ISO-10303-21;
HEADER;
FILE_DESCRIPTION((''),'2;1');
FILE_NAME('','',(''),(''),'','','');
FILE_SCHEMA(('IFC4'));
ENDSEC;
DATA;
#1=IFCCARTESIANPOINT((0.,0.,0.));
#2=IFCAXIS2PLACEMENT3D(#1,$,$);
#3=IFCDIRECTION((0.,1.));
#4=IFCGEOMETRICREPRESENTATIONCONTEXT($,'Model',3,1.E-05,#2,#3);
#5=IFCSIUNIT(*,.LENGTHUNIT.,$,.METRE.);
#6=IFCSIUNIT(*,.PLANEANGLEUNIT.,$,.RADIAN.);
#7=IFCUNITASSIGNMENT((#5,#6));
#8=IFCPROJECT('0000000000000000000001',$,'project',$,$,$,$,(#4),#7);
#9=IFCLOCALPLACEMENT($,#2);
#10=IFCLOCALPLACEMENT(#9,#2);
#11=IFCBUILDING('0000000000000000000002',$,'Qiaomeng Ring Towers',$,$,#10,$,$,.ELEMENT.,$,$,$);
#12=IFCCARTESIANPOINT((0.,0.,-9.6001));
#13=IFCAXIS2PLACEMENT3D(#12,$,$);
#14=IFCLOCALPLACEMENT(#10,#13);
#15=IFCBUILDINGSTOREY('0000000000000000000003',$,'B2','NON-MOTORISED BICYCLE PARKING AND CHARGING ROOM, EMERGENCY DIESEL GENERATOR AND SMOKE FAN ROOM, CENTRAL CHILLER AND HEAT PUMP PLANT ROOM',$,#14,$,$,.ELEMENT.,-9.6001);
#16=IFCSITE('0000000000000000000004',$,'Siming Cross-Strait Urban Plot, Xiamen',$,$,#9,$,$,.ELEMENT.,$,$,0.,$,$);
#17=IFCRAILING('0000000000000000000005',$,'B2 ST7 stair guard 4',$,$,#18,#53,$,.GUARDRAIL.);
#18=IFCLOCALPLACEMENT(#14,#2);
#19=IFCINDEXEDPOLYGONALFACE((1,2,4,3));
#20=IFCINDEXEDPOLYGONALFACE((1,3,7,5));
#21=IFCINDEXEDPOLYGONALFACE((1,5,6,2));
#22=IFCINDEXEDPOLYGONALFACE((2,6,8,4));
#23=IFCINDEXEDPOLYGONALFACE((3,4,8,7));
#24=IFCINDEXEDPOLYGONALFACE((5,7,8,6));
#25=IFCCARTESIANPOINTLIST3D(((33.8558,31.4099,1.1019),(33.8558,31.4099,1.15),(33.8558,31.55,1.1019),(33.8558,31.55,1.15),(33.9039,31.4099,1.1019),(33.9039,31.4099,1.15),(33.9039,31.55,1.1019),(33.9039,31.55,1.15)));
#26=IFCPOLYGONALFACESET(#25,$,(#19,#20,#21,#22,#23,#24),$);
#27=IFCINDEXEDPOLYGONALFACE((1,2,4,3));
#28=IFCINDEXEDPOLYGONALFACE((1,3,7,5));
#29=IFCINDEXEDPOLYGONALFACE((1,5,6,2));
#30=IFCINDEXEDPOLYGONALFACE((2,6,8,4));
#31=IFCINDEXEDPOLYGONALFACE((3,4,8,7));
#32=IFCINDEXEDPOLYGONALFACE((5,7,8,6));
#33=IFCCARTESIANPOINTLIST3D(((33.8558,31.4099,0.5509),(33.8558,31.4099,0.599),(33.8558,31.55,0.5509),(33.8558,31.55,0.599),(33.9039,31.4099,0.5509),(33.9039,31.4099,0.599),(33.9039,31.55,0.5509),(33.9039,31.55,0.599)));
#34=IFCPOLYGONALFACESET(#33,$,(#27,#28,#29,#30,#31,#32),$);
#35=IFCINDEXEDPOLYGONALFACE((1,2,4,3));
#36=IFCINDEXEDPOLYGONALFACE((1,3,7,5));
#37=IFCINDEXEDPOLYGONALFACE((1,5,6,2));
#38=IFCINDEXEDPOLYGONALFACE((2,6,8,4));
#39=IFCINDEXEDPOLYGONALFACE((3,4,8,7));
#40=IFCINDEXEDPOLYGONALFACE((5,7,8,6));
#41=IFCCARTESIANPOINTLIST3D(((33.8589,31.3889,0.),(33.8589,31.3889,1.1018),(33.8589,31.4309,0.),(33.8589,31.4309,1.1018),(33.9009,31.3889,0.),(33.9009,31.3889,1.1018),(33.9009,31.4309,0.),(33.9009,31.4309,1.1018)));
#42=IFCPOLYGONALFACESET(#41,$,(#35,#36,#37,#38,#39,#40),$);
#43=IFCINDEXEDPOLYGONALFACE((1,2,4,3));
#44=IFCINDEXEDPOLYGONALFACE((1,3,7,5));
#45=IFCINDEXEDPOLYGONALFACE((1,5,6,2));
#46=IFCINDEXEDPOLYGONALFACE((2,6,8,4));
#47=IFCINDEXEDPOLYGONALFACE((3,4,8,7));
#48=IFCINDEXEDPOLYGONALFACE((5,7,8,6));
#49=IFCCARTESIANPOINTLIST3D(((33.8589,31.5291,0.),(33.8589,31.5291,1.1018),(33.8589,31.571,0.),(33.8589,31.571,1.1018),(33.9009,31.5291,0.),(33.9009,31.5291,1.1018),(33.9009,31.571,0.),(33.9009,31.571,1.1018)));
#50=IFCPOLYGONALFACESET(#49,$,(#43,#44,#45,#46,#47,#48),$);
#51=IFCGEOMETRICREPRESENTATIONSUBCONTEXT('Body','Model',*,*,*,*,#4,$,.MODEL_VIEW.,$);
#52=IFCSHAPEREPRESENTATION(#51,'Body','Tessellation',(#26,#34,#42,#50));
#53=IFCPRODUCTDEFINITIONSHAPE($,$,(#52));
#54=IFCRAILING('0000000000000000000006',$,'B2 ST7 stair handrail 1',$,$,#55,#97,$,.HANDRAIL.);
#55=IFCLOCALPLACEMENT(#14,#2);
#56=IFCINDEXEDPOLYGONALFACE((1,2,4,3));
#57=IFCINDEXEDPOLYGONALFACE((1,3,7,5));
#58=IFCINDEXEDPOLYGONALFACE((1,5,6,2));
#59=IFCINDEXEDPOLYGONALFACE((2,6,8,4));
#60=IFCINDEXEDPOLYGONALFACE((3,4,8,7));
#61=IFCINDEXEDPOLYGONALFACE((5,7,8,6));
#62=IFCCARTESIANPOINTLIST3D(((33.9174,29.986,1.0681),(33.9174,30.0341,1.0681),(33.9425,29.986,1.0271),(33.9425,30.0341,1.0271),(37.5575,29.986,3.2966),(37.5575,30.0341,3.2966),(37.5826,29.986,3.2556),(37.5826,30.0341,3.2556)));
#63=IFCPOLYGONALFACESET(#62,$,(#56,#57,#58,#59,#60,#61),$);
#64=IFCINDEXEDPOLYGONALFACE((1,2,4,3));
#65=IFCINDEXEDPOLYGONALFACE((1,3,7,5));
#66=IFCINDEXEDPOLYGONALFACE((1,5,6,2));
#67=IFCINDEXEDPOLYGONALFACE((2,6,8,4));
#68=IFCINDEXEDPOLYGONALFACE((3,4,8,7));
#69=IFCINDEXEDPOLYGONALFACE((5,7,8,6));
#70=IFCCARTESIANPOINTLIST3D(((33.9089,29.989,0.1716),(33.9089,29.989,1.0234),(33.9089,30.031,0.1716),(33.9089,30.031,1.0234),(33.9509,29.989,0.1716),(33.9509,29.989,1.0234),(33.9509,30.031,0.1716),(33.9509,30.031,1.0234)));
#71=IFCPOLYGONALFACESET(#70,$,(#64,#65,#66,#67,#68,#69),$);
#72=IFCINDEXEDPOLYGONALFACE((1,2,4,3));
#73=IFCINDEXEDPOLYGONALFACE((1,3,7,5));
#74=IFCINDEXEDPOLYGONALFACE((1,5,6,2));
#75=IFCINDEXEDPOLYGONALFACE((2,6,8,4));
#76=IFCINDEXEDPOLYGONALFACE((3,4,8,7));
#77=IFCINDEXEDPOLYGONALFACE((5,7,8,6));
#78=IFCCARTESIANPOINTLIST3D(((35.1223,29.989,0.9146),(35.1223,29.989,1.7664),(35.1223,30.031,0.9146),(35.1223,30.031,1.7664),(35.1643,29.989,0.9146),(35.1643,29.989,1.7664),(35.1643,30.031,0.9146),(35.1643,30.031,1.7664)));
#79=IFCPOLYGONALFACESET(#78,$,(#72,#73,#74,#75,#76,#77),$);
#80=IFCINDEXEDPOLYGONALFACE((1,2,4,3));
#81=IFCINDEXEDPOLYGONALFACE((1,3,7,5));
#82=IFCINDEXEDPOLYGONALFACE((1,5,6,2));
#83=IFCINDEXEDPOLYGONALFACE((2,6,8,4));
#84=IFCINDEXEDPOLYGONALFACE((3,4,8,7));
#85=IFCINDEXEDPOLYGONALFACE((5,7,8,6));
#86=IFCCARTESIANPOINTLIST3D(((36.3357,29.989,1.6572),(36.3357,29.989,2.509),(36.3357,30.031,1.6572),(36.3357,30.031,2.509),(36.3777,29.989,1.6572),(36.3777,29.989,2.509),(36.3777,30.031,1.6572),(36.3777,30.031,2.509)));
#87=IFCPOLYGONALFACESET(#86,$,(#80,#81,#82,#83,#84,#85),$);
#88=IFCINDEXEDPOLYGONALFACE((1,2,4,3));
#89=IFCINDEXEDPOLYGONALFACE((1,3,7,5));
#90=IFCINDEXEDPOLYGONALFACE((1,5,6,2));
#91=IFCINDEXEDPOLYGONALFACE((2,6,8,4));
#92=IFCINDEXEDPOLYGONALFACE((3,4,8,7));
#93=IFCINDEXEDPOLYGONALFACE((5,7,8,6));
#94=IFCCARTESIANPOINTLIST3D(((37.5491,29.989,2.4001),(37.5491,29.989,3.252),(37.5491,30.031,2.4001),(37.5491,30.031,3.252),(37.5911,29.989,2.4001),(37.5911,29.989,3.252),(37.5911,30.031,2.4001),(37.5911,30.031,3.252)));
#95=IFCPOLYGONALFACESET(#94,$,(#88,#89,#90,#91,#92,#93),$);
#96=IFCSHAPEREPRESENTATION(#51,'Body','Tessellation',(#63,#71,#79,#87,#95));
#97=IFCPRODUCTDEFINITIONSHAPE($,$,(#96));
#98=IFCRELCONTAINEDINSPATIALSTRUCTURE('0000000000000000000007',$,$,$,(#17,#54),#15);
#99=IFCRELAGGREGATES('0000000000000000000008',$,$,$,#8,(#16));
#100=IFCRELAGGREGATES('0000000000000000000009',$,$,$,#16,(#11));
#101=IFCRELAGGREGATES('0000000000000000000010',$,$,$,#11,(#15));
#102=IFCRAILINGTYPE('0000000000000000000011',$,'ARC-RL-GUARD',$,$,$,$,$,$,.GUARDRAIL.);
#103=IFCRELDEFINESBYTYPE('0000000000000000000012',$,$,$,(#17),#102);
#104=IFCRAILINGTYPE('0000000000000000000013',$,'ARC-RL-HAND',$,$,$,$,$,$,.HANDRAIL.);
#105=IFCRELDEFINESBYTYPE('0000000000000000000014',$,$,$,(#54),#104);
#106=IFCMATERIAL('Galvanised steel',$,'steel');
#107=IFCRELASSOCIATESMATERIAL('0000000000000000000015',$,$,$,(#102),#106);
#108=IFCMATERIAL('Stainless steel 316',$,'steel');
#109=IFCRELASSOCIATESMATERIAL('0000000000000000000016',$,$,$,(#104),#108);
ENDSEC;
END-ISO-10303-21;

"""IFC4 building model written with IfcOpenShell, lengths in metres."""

from ifc_helpers import new_model, si_unit, direction, frame, origin, origin_2d, place, context, subcontext, project, spatial, rectangle, extrude, material, type_object, element, save


model = new_model("IFC4")

# Units and contexts
model_context = context("Model", 3, precision=1e-05, world=origin(), true_north=direction((0.0, 1.0)))
body_context = subcontext(model_context, "Body", "Model", "MODEL_VIEW")
ifc_project = project(units=[si_unit("LENGTHUNIT", "METRE"), si_unit("PLANEANGLEUNIT", "RADIAN")], contexts=[model_context])

# Site, building, storey
site_placement = place(None, origin())
site = spatial("IfcSite", under=ifc_project, at=site_placement, Name="Siming Cross-Strait Urban Plot, Xiamen", CompositionType="ELEMENT", RefElevation=0.0)
building_placement = place(site_placement, origin())
building = spatial("IfcBuilding", under=site, at=building_placement, Name="Qiaomeng Ring Towers", CompositionType="ELEMENT")
storey_placement = place(building_placement, frame((0.0, 0.0, -9.6001)))
storey = spatial("IfcBuildingStorey", under=building, at=storey_placement, Name="B2", Description="NON-MOTORISED BICYCLE PARKING AND CHARGING ROOM, EMERGENCY DIESEL GENERATOR AND SMOKE FAN ROOM, CENTRAL CHILLER AND HEAT PUMP PLANT ROOM", CompositionType="ELEMENT", Elevation=-9.6001)

# Shared definitions
ifc_material_1 = material(Name="Galvanised steel", Category="steel")

# Railings
railing_type_1 = type_object("IfcRailingType", Name="ARC-RL-GUARD", PredefinedType="GUARDRAIL", material=ifc_material_1)
railing_1_placement = place(storey_placement, frame((33.8799, 31.4099, 0.0)))
element("IfcRailing", 1, at=railing_1_placement, inside=storey, type_object=railing_type_1, Name="B2 ST7 stair guard 4", PredefinedType="GUARDRAIL", context=body_context, shape_type="SweptSolid", body=[
    extrude(rectangle(XDim=0.0481, YDim=0.0481, at=origin_2d()), frame((0.0, 0.0, 1.126), z_axis=(0.0, 1.0, 0.0), x_axis=(-1.0, 0.0, 0.0)), (0.0, 0.0, 1.0), 0.1401),
    extrude(rectangle(XDim=0.0481, YDim=0.0481, at=origin_2d()), frame((0.0, 0.0, 0.575), z_axis=(0.0, 1.0, 0.0), x_axis=(-1.0, 0.0, 0.0)), (0.0, 0.0, 1.0), 0.1401),
    extrude(rectangle(XDim=0.042, YDim=0.042, at=origin_2d()), origin(), (0.0, 0.0, 1.0), 1.1018),
    extrude(rectangle(XDim=0.042, YDim=0.042, at=origin_2d()), frame((0.0, 0.1401, 0.0)), (0.0, 0.0, 1.0), 1.1018),
])
ifc_material_2 = material(Name="Stainless steel 316", Category="steel")
railing_type_2 = type_object("IfcRailingType", Name="ARC-RL-HAND", PredefinedType="HANDRAIL", material=ifc_material_2)
railing_2_placement = place(storey_placement, frame((33.9299, 30.01, 0.1716)))
element("IfcRailing", 2, at=railing_2_placement, inside=storey, type_object=railing_type_2, Name="B2 ST7 stair handrail 1", PredefinedType="HANDRAIL", context=body_context, shape_type="SweptSolid", body=[
    extrude(rectangle(XDim=0.0481, YDim=0.0481, at=origin_2d()), frame((0.0, 0.0, 0.876), z_axis=(0.852866, 0.0, 0.52213), x_axis=(0.0, 1.0, 0.0)), (0.0, 0.0, 1.0), 4.2681),
    extrude(rectangle(XDim=0.042, YDim=0.042, at=origin_2d()), origin(), (0.0, 0.0, 1.0), 0.8518),
    extrude(rectangle(XDim=0.042, YDim=0.042, at=origin_2d()), frame((1.2134, 0.0, 0.7429)), (0.0, 0.0, 1.0), 0.8518),
    extrude(rectangle(XDim=0.042, YDim=0.042, at=origin_2d()), frame((2.4268, 0.0, 1.4856)), (0.0, 0.0, 1.0), 0.8518),
    extrude(rectangle(XDim=0.042, YDim=0.042, at=origin_2d()), frame((3.6401, 0.0, 2.2285)), (0.0, 0.0, 1.0), 0.8518),
])

save(model, "model.ifc")
